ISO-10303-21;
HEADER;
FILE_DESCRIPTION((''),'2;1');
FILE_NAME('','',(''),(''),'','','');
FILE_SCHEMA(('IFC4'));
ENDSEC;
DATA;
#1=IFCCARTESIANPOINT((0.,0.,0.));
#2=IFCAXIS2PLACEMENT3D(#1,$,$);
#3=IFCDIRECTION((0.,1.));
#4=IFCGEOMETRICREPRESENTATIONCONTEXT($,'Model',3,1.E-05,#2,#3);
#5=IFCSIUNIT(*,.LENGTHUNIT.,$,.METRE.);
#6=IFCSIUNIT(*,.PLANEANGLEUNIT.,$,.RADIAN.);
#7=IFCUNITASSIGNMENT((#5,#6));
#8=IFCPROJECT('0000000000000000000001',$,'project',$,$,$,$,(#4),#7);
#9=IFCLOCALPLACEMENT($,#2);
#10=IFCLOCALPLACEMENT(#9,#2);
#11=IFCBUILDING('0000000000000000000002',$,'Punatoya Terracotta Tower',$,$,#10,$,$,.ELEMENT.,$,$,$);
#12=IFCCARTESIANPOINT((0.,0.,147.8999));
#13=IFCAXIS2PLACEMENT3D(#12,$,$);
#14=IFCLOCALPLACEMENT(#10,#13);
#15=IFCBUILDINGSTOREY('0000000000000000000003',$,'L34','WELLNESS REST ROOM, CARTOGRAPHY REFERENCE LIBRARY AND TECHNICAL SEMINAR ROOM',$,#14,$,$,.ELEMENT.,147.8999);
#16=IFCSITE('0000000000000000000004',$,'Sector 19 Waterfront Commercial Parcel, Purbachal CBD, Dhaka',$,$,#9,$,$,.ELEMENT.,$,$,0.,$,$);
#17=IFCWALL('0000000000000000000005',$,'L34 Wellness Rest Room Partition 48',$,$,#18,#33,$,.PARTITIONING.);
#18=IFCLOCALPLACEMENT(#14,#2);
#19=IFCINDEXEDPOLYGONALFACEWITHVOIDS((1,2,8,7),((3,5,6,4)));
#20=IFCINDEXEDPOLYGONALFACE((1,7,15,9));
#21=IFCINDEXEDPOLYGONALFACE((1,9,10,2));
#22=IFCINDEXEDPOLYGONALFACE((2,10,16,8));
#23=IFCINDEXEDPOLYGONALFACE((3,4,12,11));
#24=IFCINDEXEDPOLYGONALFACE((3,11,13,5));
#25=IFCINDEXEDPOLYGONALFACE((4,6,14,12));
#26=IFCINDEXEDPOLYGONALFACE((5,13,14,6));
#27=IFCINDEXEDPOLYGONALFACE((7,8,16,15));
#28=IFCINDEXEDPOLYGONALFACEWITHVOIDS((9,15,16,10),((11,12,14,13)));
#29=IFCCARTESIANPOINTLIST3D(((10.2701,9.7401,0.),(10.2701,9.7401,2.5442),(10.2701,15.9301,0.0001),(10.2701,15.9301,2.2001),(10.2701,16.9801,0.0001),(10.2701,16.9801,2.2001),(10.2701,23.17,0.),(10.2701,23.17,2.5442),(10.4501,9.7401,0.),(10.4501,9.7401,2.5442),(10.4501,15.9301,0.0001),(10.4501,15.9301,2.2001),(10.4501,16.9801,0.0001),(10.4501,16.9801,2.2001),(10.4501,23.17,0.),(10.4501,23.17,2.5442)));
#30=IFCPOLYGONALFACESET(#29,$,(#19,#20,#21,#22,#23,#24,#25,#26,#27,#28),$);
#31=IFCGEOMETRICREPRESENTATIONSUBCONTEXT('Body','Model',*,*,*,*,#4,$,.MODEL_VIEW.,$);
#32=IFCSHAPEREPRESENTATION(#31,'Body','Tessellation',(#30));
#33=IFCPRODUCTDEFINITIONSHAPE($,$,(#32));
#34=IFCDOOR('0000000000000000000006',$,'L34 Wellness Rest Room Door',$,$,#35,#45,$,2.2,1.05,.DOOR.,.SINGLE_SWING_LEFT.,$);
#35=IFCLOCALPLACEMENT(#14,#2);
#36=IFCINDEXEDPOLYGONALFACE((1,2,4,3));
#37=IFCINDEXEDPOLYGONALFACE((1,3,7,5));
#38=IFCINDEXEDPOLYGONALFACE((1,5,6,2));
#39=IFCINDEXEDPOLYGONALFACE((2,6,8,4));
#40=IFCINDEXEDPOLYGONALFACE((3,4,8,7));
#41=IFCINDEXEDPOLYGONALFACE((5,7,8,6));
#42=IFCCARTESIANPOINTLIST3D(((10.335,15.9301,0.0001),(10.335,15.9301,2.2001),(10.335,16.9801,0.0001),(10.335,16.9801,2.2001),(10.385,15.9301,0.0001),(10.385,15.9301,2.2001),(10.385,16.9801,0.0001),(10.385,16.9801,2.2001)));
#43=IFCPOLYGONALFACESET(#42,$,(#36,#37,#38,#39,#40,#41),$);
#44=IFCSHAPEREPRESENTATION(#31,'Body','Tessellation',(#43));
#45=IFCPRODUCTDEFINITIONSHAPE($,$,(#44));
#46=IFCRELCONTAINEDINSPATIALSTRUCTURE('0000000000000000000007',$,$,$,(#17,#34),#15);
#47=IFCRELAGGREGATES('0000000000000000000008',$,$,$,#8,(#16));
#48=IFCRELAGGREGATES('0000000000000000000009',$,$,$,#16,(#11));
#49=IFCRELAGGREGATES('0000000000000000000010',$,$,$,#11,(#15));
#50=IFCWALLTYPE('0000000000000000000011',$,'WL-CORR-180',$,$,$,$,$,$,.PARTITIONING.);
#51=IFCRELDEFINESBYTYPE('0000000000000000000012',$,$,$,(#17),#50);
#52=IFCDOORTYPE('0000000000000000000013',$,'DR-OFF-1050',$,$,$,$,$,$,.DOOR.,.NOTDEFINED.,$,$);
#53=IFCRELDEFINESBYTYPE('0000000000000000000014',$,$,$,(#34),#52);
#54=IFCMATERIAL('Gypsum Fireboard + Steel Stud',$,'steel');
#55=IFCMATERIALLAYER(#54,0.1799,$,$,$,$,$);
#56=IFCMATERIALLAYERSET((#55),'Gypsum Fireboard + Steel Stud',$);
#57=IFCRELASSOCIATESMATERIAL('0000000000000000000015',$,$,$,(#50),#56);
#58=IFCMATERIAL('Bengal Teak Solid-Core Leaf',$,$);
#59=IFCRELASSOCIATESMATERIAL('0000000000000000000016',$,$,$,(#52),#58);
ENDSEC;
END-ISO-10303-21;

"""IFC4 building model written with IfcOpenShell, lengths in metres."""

from ifc_helpers import new_model, si_unit, direction, frame, frame_2d, origin, place, context, subcontext, project, spatial, rectangle, extrude, material, layer, layer_set, type_object, element, fill, save


model = new_model("IFC4")

# Units and contexts
model_context = context("Model", 3, precision=1e-05, world=origin(), true_north=direction((0.0, 1.0)))
body_context = subcontext(model_context, "Body", "Model", "MODEL_VIEW")
ifc_project = project(units=[si_unit("LENGTHUNIT", "METRE"), si_unit("PLANEANGLEUNIT", "RADIAN")], contexts=[model_context])

# Site, building, storey
site_placement = place(None, origin())
site = spatial("IfcSite", under=ifc_project, at=site_placement, Name="Sector 19 Waterfront Commercial Parcel, Purbachal CBD, Dhaka", CompositionType="ELEMENT", RefElevation=0.0)
building_placement = place(site_placement, origin())
building = spatial("IfcBuilding", under=site, at=building_placement, Name="Punatoya Terracotta Tower", CompositionType="ELEMENT")
storey_placement = place(building_placement, frame((0.0, 0.0, 147.8999)))
storey = spatial("IfcBuildingStorey", under=building, at=storey_placement, Name="L34", Description="WELLNESS REST ROOM, CARTOGRAPHY REFERENCE LIBRARY AND TECHNICAL SEMINAR ROOM", CompositionType="ELEMENT", Elevation=147.8999)

# Wall, opening, door
ifc_material_1 = material(Name="Gypsum Fireboard + Steel Stud", Category="steel")
ifc_layer_1 = layer(ifc_material_1, 0.1799)
ifc_layer_set_1 = layer_set([ifc_layer_1], Name="Gypsum Fireboard + Steel Stud")
wall_type = type_object("IfcWallType", Name="WL-CORR-180", PredefinedType="PARTITIONING", material=ifc_layer_set_1)
wall_placement = place(storey_placement, frame((10.3601, 23.1699, 0.0), z_axis=(0.0, 0.0, 1.0), x_axis=(0.0, -1.0, 0.0)))
wall = element("IfcWall", 1, at=wall_placement, inside=storey, type_object=wall_type, Name="L34 Wellness Rest Room Partition 48", PredefinedType="PARTITIONING", context=body_context, shape_type="SweptSolid", body=[
    extrude(rectangle(XDim=13.4299, YDim=0.1799, at=frame_2d((6.7148, 0.0))), origin(), (0.0, 0.0, 1.0), 2.5442),
])
opening_placement = place(wall_placement, frame((6.1899, 0.0, 0.0)))
opening = element("IfcOpeningElement", 2, at=opening_placement, cuts=wall, PredefinedType="OPENING", context=body_context, shape_type="SweptSolid", body=[
    extrude(rectangle(XDim=1.05, YDim=2.2, at=frame_2d((0.5249, 1.1001))), frame((0.0, 0.0999, 0.0), z_axis=(0.0, -1.0, 0.0), x_axis=(1.0, 0.0, 0.0)), (0.0, 0.0, 1.0), 0.2),
])
ifc_material_2 = material(Name="Bengal Teak Solid-Core Leaf")
door_type = type_object("IfcDoorType", Name="DR-OFF-1050", OperationType="NOTDEFINED", PredefinedType="DOOR", material=ifc_material_2)
door_placement = place(opening_placement, origin())
door = element("IfcDoor", 3, at=door_placement, inside=storey, type_object=door_type, Name="L34 Wellness Rest Room Door", OperationType="SINGLE_SWING_LEFT", OverallHeight=2.2, OverallWidth=1.05, PredefinedType="DOOR", context=body_context, shape_type="SweptSolid", body=[
    extrude(rectangle(XDim=1.05, YDim=2.2, at=frame_2d((0.5249, 1.1001))), frame((0.0, 0.0249, 0.0), z_axis=(0.0, -1.0, 0.0), x_axis=(1.0, 0.0, 0.0)), (0.0, 0.0, 1.0), 0.05),
])
fill(opening, door)

save(model, "model.ifc")
